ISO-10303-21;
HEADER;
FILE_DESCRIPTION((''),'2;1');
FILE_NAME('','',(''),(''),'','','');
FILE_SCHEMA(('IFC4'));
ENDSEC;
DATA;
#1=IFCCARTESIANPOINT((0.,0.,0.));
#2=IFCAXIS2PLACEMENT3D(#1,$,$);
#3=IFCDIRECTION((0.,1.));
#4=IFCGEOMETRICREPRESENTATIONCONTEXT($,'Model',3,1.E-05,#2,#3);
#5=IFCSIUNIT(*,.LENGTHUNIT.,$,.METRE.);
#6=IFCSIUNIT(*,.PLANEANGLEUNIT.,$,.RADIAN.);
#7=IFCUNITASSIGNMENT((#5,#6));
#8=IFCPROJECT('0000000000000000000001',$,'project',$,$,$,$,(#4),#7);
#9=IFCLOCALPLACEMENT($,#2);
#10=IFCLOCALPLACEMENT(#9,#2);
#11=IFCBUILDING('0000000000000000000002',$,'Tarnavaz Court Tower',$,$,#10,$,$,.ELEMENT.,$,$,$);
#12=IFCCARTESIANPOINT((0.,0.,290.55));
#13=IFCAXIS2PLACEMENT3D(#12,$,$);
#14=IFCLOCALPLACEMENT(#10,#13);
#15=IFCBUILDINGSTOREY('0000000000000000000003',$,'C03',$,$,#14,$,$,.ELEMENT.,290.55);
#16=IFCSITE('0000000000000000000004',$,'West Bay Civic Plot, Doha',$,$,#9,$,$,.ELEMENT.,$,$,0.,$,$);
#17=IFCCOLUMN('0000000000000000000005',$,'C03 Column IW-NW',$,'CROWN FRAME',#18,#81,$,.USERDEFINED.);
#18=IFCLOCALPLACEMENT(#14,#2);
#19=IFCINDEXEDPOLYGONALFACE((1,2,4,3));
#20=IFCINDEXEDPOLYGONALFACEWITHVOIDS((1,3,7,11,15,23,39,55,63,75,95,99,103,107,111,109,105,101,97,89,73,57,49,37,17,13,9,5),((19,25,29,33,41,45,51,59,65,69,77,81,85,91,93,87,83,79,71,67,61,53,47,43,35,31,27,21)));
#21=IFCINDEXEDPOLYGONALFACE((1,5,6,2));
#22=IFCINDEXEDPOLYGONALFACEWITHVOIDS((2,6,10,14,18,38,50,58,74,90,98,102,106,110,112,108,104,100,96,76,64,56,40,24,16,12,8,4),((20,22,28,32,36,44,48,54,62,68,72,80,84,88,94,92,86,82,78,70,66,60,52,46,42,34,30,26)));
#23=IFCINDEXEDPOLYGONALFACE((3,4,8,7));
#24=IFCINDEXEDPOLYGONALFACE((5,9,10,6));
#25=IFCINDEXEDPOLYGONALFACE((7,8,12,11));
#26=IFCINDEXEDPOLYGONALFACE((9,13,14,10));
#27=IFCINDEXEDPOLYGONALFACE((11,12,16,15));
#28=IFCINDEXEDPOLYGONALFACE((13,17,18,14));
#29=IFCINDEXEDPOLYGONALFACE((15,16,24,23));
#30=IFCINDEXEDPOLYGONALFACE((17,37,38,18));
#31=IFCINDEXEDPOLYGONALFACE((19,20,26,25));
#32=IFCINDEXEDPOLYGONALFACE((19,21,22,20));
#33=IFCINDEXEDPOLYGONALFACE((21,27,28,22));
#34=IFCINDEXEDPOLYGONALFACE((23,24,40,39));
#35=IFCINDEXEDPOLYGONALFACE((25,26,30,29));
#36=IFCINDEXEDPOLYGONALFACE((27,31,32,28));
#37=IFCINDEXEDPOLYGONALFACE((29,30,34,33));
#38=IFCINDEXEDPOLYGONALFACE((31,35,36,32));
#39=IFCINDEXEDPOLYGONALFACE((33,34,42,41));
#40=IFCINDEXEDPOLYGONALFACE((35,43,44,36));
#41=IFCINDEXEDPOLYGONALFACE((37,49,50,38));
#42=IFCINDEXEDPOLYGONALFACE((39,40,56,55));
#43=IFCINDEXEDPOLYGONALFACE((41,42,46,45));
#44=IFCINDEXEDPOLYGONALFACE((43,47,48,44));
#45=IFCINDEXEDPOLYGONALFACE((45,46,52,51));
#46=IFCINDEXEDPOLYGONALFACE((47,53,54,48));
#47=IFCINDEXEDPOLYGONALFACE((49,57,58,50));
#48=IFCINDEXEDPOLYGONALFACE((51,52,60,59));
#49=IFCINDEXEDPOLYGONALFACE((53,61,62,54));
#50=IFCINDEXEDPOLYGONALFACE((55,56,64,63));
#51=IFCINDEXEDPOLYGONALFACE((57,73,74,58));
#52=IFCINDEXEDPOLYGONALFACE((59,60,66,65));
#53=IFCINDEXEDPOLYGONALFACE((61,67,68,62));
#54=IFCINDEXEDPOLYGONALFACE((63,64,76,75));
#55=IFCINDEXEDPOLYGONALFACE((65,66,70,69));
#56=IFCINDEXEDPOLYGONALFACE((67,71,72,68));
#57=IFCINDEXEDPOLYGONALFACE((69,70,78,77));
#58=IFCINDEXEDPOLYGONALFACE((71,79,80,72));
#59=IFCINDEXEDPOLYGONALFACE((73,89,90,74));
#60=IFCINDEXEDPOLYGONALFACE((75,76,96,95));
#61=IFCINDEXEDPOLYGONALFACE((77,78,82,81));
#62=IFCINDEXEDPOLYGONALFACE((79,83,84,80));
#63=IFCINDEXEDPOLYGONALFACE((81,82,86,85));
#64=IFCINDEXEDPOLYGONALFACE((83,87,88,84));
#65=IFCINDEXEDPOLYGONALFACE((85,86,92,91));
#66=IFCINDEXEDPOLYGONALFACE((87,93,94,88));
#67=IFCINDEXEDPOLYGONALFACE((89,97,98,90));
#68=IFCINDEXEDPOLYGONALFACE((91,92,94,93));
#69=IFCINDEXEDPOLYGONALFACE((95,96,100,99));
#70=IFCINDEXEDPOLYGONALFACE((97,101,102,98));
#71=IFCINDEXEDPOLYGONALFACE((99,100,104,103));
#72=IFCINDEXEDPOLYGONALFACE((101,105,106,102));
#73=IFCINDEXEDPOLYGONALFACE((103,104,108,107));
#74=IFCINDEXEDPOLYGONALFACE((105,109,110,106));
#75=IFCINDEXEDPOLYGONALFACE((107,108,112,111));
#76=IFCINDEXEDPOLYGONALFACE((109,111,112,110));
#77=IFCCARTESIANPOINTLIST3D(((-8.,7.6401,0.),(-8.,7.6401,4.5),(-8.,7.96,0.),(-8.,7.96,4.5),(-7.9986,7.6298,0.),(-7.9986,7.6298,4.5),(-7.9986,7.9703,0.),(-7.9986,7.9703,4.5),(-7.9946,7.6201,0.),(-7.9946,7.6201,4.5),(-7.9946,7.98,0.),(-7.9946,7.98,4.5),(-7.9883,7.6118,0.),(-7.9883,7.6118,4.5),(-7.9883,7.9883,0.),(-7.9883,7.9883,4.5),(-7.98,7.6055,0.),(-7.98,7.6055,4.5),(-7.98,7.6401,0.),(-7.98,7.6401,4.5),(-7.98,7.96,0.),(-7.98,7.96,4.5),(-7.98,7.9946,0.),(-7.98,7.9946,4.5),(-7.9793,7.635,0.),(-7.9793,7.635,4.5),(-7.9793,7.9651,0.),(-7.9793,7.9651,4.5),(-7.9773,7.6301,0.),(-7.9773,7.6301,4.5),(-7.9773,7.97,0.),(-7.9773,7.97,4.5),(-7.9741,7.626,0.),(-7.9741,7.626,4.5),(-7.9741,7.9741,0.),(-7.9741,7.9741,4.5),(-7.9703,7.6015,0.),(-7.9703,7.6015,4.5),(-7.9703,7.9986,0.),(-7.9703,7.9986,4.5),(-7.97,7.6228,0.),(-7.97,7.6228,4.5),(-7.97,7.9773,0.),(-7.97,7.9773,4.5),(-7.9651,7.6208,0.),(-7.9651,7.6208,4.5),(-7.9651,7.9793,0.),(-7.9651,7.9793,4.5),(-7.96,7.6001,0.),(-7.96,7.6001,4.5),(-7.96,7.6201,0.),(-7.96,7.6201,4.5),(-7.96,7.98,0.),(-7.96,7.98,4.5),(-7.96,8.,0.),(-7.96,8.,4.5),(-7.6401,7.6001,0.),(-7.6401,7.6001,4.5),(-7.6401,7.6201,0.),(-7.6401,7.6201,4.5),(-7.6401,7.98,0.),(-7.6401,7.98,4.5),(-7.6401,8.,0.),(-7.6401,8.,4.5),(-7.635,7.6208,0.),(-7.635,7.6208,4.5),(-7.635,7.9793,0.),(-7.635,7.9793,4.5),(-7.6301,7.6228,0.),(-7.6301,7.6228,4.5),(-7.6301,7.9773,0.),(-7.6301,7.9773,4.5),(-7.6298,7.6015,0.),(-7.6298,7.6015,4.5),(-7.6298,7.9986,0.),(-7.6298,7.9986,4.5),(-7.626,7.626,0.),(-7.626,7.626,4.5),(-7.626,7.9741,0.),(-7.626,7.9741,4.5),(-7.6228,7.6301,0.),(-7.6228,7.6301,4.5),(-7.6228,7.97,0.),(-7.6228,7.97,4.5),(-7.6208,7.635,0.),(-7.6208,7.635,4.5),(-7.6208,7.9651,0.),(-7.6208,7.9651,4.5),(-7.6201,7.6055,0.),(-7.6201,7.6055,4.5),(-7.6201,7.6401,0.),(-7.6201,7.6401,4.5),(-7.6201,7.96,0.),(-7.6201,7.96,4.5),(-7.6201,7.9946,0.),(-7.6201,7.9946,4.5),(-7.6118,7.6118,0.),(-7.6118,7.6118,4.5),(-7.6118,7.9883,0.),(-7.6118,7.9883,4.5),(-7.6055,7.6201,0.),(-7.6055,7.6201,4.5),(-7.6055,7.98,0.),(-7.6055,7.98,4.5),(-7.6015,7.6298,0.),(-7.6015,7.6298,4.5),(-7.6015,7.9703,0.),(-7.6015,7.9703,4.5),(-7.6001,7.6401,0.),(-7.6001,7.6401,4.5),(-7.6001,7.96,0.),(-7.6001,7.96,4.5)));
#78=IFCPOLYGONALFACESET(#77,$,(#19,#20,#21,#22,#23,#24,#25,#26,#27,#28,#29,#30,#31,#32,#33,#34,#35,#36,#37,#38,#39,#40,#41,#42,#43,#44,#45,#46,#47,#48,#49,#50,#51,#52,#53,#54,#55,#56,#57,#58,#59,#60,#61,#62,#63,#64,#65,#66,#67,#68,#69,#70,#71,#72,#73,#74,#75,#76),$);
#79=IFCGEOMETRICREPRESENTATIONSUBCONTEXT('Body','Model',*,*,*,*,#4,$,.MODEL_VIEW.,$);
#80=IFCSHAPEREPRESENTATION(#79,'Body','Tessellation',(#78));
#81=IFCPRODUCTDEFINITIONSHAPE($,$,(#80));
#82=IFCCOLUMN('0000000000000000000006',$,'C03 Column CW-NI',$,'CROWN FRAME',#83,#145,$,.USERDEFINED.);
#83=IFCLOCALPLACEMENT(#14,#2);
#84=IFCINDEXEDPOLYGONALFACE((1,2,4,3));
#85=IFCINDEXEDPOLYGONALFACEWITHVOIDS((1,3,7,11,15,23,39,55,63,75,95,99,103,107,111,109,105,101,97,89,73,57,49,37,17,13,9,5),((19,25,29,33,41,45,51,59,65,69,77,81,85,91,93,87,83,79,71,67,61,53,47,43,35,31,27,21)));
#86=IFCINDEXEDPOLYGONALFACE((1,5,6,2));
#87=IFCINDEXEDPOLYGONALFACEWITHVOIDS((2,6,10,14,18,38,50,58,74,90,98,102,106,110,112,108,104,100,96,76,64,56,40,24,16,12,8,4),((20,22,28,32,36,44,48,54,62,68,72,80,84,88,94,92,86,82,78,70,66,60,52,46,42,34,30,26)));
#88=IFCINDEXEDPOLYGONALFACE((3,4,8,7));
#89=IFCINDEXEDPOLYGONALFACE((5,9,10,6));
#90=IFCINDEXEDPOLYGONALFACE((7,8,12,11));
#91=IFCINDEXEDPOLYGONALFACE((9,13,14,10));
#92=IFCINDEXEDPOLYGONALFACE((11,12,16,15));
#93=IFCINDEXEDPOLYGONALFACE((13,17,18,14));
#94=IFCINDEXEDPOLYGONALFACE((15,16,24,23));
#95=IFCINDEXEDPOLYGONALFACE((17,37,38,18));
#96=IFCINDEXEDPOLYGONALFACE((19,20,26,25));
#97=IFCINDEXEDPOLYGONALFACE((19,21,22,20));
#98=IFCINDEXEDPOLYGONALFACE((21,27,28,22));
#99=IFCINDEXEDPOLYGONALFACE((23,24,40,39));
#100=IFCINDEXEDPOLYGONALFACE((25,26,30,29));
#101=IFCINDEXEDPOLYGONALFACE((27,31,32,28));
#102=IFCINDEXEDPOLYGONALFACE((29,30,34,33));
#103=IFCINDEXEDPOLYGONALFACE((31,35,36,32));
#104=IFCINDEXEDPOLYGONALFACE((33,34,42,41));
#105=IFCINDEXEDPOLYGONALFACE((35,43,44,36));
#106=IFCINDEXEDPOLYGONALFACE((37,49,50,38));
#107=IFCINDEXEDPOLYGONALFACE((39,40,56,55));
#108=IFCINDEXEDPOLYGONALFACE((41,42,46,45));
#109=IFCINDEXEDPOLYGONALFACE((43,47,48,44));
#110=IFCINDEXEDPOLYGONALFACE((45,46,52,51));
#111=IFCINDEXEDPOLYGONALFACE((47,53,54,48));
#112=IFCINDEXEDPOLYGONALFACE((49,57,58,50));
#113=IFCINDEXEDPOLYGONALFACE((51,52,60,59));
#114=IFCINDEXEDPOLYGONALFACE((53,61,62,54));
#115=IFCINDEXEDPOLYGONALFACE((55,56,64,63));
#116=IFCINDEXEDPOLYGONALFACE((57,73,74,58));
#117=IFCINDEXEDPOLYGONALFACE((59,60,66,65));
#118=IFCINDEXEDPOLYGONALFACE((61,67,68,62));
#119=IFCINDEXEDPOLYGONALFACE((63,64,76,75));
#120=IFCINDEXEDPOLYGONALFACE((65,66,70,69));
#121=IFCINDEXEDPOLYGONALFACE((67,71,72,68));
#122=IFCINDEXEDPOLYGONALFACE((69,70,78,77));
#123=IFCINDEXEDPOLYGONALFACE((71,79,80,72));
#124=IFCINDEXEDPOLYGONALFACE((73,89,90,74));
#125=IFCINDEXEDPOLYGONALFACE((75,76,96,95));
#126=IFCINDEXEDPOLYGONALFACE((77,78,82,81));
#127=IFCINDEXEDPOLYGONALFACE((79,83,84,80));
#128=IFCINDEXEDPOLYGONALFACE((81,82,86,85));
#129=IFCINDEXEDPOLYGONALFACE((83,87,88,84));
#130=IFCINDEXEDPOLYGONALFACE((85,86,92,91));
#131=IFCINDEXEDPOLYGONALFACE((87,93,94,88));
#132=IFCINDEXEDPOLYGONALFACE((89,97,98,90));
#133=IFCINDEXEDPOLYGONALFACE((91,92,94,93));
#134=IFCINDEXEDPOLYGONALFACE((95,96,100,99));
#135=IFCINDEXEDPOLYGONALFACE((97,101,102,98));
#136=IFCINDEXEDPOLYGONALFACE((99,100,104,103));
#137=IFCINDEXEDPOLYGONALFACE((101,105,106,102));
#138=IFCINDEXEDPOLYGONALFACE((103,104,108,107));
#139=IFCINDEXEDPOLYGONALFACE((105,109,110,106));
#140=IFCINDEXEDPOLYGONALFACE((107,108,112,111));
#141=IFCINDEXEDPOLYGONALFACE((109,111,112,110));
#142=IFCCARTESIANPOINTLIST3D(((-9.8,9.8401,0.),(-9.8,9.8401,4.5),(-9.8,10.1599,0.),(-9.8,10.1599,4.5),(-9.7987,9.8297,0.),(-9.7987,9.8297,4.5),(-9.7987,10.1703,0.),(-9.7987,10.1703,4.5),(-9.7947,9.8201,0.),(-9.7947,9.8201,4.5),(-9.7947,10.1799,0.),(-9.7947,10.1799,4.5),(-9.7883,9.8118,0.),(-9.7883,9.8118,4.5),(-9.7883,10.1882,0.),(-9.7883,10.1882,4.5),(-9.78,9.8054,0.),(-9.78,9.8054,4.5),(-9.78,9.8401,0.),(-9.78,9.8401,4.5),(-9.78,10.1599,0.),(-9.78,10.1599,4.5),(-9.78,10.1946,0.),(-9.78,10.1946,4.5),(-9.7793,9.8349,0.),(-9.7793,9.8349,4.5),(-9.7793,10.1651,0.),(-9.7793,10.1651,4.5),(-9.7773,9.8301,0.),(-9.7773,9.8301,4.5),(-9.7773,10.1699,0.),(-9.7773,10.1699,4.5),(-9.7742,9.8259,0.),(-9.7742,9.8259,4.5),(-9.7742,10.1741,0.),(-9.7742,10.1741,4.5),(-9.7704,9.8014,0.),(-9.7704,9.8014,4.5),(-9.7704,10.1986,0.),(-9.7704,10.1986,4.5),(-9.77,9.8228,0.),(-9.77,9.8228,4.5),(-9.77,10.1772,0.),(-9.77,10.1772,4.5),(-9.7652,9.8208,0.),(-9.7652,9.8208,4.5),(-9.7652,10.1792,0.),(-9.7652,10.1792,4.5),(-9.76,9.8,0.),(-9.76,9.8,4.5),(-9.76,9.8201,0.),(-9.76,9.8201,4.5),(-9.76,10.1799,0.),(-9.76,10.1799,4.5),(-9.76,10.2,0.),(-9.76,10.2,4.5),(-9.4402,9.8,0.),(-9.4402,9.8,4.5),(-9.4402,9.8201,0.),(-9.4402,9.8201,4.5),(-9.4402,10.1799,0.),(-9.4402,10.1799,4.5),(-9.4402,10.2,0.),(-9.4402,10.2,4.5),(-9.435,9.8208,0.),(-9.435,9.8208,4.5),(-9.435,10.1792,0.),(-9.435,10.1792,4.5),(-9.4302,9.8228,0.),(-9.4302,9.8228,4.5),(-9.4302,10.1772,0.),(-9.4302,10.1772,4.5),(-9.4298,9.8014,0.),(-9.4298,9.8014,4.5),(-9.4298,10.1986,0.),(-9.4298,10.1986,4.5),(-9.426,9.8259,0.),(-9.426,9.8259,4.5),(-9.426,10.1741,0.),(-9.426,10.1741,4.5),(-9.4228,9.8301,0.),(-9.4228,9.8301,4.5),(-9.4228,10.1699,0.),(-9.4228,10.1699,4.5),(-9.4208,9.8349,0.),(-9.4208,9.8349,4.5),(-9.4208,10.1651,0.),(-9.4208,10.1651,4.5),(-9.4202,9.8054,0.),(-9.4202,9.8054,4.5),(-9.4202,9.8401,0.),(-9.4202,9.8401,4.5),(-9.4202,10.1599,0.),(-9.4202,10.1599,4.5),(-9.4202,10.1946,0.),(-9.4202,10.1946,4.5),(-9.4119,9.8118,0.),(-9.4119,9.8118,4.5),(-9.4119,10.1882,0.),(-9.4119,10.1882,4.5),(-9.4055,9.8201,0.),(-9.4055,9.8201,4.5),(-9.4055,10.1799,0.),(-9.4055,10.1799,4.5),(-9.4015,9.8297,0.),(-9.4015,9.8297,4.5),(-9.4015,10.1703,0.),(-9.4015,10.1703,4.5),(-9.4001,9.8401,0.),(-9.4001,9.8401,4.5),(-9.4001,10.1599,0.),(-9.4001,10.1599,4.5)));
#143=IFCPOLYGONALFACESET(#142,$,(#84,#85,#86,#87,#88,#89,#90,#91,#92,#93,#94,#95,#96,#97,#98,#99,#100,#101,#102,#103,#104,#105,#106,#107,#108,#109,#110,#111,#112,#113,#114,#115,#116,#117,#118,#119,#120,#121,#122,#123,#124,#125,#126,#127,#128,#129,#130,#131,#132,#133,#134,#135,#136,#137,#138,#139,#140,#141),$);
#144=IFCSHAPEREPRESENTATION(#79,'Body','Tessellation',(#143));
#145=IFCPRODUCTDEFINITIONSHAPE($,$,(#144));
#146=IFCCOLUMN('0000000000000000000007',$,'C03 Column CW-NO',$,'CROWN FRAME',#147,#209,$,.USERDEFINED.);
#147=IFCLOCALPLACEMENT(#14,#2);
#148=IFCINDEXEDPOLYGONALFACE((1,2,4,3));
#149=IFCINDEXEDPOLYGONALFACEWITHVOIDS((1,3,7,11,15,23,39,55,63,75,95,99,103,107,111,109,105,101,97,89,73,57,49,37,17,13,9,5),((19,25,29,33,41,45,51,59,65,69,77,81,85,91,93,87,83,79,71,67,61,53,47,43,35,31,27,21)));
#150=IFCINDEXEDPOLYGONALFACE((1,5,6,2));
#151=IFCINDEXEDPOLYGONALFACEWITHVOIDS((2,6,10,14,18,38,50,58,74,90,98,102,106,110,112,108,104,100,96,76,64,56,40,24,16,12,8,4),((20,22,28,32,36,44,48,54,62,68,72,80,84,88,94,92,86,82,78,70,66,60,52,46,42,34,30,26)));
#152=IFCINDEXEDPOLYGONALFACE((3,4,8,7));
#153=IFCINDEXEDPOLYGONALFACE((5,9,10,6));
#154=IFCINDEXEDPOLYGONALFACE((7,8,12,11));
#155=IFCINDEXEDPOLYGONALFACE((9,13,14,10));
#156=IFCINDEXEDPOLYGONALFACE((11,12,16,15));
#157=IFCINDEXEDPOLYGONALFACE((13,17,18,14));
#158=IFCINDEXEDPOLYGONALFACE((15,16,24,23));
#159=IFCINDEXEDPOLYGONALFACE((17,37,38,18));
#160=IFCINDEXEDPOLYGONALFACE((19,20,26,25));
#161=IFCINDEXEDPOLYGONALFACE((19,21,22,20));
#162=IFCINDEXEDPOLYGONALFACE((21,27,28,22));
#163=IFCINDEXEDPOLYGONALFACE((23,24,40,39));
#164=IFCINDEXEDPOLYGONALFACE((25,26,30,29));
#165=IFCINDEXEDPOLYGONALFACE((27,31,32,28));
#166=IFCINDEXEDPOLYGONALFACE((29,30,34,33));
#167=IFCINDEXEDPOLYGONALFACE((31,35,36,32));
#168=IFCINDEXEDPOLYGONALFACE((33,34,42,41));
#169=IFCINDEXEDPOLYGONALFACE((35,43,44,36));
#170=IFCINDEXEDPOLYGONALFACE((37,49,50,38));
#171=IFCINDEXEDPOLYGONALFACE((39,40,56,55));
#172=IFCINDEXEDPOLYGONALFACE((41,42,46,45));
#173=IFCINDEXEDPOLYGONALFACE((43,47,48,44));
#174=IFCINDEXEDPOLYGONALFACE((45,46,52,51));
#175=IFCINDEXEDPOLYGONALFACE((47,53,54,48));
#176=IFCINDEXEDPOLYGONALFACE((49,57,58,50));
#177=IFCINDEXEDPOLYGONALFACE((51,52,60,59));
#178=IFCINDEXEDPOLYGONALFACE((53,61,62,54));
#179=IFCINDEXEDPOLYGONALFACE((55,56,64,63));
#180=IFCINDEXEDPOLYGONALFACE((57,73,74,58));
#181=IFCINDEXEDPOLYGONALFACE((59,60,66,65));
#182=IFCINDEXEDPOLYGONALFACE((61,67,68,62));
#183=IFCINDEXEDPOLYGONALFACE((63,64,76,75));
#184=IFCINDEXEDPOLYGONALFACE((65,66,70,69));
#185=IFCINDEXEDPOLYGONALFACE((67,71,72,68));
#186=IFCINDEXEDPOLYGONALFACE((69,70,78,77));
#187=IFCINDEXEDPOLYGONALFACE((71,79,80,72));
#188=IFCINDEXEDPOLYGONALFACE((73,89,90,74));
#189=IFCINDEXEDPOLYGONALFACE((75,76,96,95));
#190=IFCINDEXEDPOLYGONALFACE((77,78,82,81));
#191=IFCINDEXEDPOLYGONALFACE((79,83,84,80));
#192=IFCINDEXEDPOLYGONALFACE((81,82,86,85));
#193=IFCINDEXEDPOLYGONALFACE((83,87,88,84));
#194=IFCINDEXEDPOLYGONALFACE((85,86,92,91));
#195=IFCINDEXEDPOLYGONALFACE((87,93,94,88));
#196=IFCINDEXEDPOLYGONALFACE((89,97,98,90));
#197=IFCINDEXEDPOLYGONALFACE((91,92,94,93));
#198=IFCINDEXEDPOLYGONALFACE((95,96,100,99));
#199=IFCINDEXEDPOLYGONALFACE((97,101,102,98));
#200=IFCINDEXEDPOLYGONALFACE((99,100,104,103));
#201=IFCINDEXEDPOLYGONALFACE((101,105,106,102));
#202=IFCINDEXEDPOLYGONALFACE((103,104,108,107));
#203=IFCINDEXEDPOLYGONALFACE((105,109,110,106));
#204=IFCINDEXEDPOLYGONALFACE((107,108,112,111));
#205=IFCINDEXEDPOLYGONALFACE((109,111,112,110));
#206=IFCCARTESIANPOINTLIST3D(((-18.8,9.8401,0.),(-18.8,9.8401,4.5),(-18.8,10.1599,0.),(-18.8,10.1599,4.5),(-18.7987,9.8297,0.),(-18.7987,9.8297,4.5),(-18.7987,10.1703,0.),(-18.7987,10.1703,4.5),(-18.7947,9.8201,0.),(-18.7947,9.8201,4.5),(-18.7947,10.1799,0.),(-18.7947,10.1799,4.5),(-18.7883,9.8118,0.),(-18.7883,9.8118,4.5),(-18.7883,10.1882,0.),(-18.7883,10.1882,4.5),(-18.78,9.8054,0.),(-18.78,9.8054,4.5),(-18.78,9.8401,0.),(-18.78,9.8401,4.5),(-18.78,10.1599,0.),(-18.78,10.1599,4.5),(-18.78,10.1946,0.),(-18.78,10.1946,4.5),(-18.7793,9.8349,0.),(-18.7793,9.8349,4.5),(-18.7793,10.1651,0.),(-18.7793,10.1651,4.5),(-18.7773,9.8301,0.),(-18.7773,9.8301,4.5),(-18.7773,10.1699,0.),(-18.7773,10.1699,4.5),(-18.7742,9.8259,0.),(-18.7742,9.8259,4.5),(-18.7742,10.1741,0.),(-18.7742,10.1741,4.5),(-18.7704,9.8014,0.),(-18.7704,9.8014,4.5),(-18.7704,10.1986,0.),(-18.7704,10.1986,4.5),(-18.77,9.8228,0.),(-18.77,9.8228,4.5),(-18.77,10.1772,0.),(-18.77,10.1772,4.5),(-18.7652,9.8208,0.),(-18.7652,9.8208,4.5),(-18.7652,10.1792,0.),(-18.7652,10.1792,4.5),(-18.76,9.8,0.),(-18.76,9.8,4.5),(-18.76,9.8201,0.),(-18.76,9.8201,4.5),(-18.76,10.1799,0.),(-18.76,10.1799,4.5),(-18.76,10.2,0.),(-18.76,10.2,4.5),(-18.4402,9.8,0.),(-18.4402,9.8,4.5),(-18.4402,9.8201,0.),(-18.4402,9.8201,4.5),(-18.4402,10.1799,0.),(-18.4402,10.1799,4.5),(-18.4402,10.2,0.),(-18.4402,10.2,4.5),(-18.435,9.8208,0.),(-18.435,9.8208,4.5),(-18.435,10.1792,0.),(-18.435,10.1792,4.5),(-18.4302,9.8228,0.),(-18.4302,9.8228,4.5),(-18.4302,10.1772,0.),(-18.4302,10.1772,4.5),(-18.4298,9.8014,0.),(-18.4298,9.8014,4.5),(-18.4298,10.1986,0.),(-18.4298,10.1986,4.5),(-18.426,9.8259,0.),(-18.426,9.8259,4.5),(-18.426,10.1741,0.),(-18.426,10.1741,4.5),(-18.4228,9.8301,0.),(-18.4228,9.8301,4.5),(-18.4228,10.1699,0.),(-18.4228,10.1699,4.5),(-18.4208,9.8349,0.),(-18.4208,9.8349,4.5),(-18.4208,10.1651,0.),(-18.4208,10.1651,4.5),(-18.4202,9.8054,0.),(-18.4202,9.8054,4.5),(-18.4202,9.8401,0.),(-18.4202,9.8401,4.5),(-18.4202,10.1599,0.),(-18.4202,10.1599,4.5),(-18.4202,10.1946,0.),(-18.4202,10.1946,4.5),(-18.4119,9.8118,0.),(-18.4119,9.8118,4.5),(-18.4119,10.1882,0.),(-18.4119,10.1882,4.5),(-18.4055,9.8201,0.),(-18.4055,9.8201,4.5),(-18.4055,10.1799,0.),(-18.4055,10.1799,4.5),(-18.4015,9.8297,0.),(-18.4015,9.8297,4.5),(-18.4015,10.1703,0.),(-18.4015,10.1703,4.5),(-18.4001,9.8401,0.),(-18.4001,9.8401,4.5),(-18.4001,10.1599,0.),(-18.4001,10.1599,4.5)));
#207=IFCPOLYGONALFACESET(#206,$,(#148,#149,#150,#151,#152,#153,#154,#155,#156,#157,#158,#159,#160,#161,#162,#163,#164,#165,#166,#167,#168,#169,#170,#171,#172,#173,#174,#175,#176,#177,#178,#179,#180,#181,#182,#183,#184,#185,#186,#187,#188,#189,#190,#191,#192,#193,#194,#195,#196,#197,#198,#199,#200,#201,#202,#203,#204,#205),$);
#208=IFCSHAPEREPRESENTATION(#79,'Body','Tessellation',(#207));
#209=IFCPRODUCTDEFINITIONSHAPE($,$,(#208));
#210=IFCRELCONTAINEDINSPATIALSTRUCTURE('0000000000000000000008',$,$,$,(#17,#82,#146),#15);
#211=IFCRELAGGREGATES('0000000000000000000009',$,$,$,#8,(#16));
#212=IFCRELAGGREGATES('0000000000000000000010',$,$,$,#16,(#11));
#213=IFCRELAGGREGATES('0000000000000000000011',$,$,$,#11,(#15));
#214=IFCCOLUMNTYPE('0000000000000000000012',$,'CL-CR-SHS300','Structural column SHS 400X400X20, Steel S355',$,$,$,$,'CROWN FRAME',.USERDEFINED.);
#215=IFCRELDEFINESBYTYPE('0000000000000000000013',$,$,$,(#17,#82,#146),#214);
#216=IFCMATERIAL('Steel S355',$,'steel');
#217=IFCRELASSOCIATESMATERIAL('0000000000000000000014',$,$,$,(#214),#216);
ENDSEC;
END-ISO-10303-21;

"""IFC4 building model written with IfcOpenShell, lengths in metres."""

from ifc_helpers import new_model, si_unit, direction, frame, origin, origin_2d, place, context, subcontext, project, spatial, hollow_rectangle, extrude, material, material_profile, profile_set, type_object, element, save


model = new_model("IFC4")

# Units and contexts
model_context = context("Model", 3, precision=1e-05, world=origin(), true_north=direction((0.0, 1.0)))
body_context = subcontext(model_context, "Body", "Model", "MODEL_VIEW")
ifc_project = project(units=[si_unit("LENGTHUNIT", "METRE"), si_unit("PLANEANGLEUNIT", "RADIAN")], contexts=[model_context])

# Site, building, storey
site_placement = place(None, origin())
site = spatial("IfcSite", under=ifc_project, at=site_placement, Name="West Bay Civic Plot, Doha", CompositionType="ELEMENT", RefElevation=0.0)
building_placement = place(site_placement, origin())
building = spatial("IfcBuilding", under=site, at=building_placement, Name="Tarnavaz Court Tower", CompositionType="ELEMENT")
storey_placement = place(building_placement, frame((0.0, 0.0, 290.55)))
storey = spatial("IfcBuildingStorey", under=building, at=storey_placement, Name="C03", CompositionType="ELEMENT", Elevation=290.55)

# Columns
ifc_material_1 = material(Name="Steel S355", Category="steel")
ifc_material_profile_1 = material_profile(ifc_material_1, hollow_rectangle(XDim=0.3999, YDim=0.3999, WallThickness=0.02, InnerFilletRadius=0.02, OuterFilletRadius=0.04, at=origin_2d()), Name="SHS 400X400X20")
ifc_profile_set_1 = profile_set([ifc_material_profile_1], Name="Steel S355")
column_type = type_object("IfcColumnType", Name="CL-CR-SHS300", Description="Structural column SHS 400X400X20, Steel S355", ElementType="CROWN FRAME", PredefinedType="USERDEFINED", material=ifc_profile_set_1)
for number, where, z_axis, x_axis, name in (
    (1, (-7.8, 7.8, 0.0), (0.0, 0.0, 1.0), (1.0, 0.0, 0.0), "C03 Column IW-NW"),
    (2, (-9.6001, 10.0, 0.0), (0.0, 0.0, 1.0), (1.0, 0.0, 0.0), "C03 Column CW-NI"),
    (3, (-18.6001, 10.0, 0.0), (0.0, 0.0, 1.0), (1.0, 0.0, 0.0), "C03 Column CW-NO"),
):
    element("IfcColumn", number, at=place(storey_placement, frame(where, z_axis=z_axis, x_axis=x_axis)), inside=storey, type_object=column_type, Name=name, ObjectType="CROWN FRAME", PredefinedType="USERDEFINED", context=body_context, shape_type="SweptSolid", body=[
        extrude(hollow_rectangle(XDim=0.3999, YDim=0.3999, WallThickness=0.02, InnerFilletRadius=0.02, OuterFilletRadius=0.04, at=origin_2d()), origin(), (0.0, 0.0, 1.0), 4.5),
    ])

save(model, "model.ifc")
